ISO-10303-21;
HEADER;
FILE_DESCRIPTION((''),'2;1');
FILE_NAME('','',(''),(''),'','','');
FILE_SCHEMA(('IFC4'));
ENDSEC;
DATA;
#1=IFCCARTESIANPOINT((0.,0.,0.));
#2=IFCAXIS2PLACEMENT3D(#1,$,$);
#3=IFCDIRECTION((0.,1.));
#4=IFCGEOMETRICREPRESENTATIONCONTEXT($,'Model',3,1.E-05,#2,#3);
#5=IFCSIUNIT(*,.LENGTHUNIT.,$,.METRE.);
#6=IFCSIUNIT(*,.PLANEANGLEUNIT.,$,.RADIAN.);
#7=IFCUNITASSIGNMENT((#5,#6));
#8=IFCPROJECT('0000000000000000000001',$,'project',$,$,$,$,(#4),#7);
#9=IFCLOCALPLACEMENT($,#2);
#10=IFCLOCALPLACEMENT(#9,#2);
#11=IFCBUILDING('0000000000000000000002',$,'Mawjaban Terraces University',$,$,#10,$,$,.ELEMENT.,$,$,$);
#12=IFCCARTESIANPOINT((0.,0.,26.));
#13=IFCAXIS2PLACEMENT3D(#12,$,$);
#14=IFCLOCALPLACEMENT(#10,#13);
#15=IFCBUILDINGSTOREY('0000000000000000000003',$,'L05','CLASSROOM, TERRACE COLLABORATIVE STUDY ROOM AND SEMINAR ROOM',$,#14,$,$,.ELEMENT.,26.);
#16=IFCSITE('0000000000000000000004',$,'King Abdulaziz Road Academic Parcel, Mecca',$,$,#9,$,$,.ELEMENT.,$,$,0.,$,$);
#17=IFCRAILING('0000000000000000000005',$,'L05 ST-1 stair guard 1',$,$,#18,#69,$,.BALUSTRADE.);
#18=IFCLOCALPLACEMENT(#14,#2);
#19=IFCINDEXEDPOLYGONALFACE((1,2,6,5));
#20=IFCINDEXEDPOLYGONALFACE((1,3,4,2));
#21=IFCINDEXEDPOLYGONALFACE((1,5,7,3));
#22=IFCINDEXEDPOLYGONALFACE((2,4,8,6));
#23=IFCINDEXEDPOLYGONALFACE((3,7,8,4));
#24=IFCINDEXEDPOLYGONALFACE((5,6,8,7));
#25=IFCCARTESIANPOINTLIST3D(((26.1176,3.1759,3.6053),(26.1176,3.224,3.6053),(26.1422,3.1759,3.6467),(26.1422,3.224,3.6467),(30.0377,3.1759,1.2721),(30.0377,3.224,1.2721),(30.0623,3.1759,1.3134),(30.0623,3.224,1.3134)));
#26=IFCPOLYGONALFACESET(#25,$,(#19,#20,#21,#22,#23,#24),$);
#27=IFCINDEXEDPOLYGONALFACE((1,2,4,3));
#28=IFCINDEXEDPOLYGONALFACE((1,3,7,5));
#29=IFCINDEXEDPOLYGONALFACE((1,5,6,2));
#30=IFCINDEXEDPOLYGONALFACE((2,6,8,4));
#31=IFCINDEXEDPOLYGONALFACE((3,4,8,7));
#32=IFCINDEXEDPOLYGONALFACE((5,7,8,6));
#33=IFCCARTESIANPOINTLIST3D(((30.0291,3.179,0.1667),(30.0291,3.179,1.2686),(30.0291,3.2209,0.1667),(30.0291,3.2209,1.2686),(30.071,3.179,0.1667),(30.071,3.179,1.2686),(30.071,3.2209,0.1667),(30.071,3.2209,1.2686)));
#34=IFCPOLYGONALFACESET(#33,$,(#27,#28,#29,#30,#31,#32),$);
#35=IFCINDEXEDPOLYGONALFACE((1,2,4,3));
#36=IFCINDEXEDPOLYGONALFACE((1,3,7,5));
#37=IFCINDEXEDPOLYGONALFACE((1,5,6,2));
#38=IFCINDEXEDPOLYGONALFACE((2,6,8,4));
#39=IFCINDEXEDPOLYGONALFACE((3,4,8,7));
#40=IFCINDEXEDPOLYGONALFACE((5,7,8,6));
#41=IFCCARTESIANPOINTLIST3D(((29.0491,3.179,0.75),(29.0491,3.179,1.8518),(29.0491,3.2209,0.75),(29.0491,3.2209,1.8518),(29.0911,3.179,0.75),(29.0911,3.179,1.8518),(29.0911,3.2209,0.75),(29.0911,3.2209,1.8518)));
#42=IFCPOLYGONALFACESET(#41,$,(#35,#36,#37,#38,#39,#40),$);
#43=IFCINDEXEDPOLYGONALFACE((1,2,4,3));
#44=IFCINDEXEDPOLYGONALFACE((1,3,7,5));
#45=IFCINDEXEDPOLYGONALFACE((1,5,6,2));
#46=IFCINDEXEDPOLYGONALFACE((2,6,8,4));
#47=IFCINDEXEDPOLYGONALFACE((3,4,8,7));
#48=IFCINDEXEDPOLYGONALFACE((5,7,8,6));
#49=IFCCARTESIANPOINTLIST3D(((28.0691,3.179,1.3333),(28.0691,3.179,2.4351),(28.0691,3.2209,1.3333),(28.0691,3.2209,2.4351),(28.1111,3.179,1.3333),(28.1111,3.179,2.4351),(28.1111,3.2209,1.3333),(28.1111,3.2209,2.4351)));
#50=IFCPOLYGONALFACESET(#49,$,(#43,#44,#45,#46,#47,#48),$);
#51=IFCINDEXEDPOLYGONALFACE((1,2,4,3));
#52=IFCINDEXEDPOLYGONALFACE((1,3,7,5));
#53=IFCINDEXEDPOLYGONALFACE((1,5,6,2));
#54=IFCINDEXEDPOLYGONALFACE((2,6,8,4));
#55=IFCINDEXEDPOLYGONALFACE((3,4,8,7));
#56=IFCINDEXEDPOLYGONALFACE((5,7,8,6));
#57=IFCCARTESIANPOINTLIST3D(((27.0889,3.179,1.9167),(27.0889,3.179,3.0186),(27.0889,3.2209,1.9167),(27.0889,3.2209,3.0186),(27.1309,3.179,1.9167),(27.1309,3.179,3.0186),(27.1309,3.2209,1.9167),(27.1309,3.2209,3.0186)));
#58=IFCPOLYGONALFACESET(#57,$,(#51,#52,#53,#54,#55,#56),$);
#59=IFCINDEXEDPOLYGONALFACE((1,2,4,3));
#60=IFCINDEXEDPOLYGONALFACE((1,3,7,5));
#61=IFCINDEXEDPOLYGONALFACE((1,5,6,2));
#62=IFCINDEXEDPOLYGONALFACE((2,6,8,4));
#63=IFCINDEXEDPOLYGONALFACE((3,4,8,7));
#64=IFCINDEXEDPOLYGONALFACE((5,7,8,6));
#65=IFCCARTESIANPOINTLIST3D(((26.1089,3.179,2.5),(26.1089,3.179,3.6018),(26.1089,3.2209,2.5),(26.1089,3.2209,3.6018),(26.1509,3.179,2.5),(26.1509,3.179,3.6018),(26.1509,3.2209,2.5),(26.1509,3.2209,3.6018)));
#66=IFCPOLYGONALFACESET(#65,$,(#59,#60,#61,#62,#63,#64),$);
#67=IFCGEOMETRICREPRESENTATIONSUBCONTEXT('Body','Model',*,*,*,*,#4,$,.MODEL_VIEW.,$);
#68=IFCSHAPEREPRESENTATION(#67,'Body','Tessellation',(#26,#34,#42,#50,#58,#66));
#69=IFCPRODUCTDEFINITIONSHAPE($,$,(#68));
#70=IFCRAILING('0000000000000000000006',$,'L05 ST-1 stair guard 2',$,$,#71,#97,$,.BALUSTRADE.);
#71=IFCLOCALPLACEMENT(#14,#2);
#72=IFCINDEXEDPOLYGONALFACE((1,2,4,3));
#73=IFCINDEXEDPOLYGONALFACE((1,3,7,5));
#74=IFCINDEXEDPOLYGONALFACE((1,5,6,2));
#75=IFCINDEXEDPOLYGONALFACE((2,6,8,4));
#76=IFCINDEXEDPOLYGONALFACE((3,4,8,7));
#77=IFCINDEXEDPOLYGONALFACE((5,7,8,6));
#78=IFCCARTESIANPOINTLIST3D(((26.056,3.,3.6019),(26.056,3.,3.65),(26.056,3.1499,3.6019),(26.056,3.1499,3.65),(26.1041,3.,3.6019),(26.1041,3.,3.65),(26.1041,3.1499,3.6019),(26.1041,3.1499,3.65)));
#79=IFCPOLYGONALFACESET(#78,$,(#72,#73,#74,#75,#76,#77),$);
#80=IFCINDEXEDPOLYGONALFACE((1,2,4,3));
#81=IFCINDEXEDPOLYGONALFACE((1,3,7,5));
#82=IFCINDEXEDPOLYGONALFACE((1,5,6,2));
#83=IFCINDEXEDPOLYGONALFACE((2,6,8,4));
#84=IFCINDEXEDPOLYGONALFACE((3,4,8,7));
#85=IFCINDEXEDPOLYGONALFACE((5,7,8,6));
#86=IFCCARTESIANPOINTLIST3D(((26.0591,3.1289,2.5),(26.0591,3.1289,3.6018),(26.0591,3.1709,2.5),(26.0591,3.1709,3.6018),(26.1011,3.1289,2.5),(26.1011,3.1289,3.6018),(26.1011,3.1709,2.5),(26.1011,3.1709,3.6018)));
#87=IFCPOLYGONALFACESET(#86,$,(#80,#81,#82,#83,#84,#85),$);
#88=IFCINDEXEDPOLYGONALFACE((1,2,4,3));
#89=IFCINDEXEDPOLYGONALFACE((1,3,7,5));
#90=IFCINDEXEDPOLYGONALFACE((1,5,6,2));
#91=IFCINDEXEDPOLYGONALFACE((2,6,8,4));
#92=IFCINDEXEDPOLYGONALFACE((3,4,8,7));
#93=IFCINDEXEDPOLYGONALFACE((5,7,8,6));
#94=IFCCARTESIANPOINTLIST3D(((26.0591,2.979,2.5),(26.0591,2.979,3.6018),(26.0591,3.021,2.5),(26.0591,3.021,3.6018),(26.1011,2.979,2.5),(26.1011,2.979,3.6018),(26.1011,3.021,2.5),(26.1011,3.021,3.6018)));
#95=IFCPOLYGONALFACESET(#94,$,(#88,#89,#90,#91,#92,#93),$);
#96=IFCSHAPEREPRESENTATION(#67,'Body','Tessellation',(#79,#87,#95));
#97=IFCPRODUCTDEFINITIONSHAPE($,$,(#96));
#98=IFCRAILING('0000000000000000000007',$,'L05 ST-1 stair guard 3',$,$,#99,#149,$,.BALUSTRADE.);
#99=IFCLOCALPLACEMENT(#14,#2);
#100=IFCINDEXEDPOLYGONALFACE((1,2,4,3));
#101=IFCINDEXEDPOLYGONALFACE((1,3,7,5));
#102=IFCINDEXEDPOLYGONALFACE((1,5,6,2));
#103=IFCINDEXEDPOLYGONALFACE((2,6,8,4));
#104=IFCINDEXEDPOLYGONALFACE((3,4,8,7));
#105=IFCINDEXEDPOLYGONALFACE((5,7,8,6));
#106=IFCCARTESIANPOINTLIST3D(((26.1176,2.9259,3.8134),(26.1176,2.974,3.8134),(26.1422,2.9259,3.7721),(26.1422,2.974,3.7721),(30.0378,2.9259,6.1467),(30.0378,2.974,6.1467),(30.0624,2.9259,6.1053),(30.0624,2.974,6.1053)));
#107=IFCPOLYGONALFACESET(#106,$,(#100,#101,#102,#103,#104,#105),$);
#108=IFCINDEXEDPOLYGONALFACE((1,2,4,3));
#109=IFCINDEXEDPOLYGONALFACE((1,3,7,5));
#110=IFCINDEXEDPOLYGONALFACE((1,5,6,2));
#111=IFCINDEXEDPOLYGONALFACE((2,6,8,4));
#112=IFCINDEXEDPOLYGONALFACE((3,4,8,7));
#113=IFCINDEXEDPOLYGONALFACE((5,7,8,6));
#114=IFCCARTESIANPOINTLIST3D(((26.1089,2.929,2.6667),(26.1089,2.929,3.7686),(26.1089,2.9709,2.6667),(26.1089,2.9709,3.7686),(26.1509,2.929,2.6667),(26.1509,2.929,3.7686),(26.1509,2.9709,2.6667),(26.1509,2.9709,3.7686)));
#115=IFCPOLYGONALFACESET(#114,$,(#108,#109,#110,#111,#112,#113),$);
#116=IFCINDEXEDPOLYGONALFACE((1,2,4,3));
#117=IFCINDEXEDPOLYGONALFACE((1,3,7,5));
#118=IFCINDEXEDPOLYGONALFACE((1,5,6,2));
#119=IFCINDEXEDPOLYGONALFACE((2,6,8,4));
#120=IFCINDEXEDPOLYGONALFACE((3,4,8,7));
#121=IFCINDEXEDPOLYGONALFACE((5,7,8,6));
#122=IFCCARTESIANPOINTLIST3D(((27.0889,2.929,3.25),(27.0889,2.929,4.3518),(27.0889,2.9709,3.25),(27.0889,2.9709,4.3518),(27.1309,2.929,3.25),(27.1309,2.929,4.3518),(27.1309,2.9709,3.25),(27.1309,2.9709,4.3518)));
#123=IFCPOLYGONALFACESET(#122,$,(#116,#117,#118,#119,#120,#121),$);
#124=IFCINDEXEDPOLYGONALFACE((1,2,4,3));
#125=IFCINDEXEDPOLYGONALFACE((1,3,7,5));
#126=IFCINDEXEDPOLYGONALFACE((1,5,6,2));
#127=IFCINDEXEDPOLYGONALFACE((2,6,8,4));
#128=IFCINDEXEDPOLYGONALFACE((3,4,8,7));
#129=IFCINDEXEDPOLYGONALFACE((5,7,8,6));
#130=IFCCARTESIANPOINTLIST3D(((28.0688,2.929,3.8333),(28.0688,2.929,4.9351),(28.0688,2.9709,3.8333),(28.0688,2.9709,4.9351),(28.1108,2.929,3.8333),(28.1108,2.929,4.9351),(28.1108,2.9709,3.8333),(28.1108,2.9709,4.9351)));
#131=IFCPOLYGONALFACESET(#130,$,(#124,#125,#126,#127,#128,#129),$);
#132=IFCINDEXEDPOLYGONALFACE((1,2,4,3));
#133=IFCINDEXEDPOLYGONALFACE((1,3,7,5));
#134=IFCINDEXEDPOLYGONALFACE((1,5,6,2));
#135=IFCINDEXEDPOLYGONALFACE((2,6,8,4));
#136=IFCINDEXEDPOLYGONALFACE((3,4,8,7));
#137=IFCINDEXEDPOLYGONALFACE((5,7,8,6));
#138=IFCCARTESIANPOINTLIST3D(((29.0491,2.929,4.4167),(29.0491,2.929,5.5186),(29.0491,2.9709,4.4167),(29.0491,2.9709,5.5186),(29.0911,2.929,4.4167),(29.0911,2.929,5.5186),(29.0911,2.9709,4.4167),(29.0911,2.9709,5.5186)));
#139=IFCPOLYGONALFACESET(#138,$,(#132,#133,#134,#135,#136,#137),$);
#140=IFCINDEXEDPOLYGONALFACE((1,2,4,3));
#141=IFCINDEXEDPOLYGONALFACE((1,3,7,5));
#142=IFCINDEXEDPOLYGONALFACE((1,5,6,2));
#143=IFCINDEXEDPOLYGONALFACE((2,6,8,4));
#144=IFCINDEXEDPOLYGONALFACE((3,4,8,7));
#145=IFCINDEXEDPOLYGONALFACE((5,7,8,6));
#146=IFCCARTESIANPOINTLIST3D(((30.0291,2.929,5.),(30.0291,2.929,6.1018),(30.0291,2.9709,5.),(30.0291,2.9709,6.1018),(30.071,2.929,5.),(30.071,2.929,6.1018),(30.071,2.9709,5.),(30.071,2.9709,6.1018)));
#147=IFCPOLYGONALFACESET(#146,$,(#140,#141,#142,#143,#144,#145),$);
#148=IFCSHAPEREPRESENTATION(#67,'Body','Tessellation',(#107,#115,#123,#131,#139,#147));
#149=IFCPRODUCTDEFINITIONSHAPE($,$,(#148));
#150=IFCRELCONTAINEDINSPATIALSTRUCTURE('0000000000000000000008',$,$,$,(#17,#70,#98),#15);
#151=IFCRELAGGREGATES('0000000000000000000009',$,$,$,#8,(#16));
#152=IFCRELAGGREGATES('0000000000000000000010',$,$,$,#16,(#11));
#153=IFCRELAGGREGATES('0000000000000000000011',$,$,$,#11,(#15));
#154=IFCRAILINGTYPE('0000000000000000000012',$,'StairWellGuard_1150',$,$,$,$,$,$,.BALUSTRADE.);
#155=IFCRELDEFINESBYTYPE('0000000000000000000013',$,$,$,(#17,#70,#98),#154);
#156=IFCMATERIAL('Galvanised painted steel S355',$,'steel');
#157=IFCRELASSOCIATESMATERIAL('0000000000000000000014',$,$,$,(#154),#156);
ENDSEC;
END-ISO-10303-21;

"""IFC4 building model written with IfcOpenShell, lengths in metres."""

from ifc_helpers import new_model, si_unit, direction, frame, origin, origin_2d, place, context, subcontext, project, spatial, rectangle, extrude, material, type_object, element, save


model = new_model("IFC4")

# Units and contexts
model_context = context("Model", 3, precision=1e-05, world=origin(), true_north=direction((0.0, 1.0)))
body_context = subcontext(model_context, "Body", "Model", "MODEL_VIEW")
ifc_project = project(units=[si_unit("LENGTHUNIT", "METRE"), si_unit("PLANEANGLEUNIT", "RADIAN")], contexts=[model_context])

# Site, building, storey
site_placement = place(None, origin())
site = spatial("IfcSite", under=ifc_project, at=site_placement, Name="King Abdulaziz Road Academic Parcel, Mecca", CompositionType="ELEMENT", RefElevation=0.0)
building_placement = place(site_placement, origin())
building = spatial("IfcBuilding", under=site, at=building_placement, Name="Mawjaban Terraces University", CompositionType="ELEMENT")
storey_placement = place(building_placement, frame((0.0, 0.0, 26.0)))
storey = spatial("IfcBuildingStorey", under=building, at=storey_placement, Name="L05", Description="CLASSROOM, TERRACE COLLABORATIVE STUDY ROOM AND SEMINAR ROOM", CompositionType="ELEMENT", Elevation=26.0)

# Railings
ifc_material_1 = material(Name="Galvanised painted steel S355", Category="steel")
railing_type_1 = type_object("IfcRailingType", Name="StairWellGuard_1150", PredefinedType="BALUSTRADE", material=ifc_material_1)
railing_1_placement = place(storey_placement, frame((30.05, 3.2, 0.1667)))
element("IfcRailing", 1, at=railing_1_placement, inside=storey, type_object=railing_type_1, Name="L05 ST-1 stair guard 1", PredefinedType="BALUSTRADE", context=body_context, shape_type="SweptSolid", body=[
    extrude(rectangle(XDim=0.0481, YDim=0.0481, at=origin_2d()), frame((0.0, 0.0, 1.126), z_axis=(-0.85931, 0.0, 0.511455), x_axis=(0.0, -1.0, 0.0)), (0.0, 0.0, 1.0), 4.562),
    extrude(rectangle(XDim=0.042, YDim=0.042, at=origin_2d()), origin(), (0.0, 0.0, 1.0), 1.1018),
    extrude(rectangle(XDim=0.042, YDim=0.042, at=origin_2d()), frame((-0.98, 0.0, 0.5833)), (0.0, 0.0, 1.0), 1.1018),
    extrude(rectangle(XDim=0.042, YDim=0.042, at=origin_2d()), frame((-1.96, 0.0, 1.1665)), (0.0, 0.0, 1.0), 1.1018),
    extrude(rectangle(XDim=0.042, YDim=0.042, at=origin_2d()), frame((-2.9402, 0.0, 1.75)), (0.0, 0.0, 1.0), 1.1018),
    extrude(rectangle(XDim=0.042, YDim=0.042, at=origin_2d()), frame((-3.9202, 0.0, 2.3333)), (0.0, 0.0, 1.0), 1.1018),
])
railing_2_placement = place(storey_placement, frame((26.0801, 3.1499, 2.5)))
element("IfcRailing", 2, at=railing_2_placement, inside=storey, type_object=railing_type_1, Name="L05 ST-1 stair guard 2", PredefinedType="BALUSTRADE", context=body_context, shape_type="SweptSolid", body=[
    extrude(rectangle(XDim=0.0481, YDim=0.0481, at=origin_2d()), frame((0.0, 0.0, 1.126), z_axis=(0.0, -1.0, 0.0), x_axis=(1.0, 0.0, 0.0)), (0.0, 0.0, 1.0), 0.1499),
    extrude(rectangle(XDim=0.042, YDim=0.042, at=origin_2d()), origin(), (0.0, 0.0, 1.0), 1.1018),
    extrude(rectangle(XDim=0.042, YDim=0.042, at=origin_2d()), frame((0.0, -0.1499, 0.0)), (0.0, 0.0, 1.0), 1.1018),
])
railing_3_placement = place(storey_placement, frame((26.1299, 2.95, 2.6667)))
element("IfcRailing", 3, at=railing_3_placement, inside=storey, type_object=railing_type_1, Name="L05 ST-1 stair guard 3", PredefinedType="BALUSTRADE", context=body_context, shape_type="SweptSolid", body=[
    extrude(rectangle(XDim=0.0481, YDim=0.0481, at=origin_2d()), frame((0.0, 0.0, 1.126), z_axis=(0.85931, 0.0, 0.511455), x_axis=(0.0, 1.0, 0.0)), (0.0, 0.0, 1.0), 4.562),
    extrude(rectangle(XDim=0.042, YDim=0.042, at=origin_2d()), origin(), (0.0, 0.0, 1.0), 1.1018),
    extrude(rectangle(XDim=0.042, YDim=0.042, at=origin_2d()), frame((0.98, 0.0, 0.5833)), (0.0, 0.0, 1.0), 1.1018),
    extrude(rectangle(XDim=0.042, YDim=0.042, at=origin_2d()), frame((1.96, 0.0, 1.1665)), (0.0, 0.0, 1.0), 1.1018),
    extrude(rectangle(XDim=0.042, YDim=0.042, at=origin_2d()), frame((2.9402, 0.0, 1.75)), (0.0, 0.0, 1.0), 1.1018),
    extrude(rectangle(XDim=0.042, YDim=0.042, at=origin_2d()), frame((3.9202, 0.0, 2.3333)), (0.0, 0.0, 1.0), 1.1018),
])

save(model, "model.ifc")
